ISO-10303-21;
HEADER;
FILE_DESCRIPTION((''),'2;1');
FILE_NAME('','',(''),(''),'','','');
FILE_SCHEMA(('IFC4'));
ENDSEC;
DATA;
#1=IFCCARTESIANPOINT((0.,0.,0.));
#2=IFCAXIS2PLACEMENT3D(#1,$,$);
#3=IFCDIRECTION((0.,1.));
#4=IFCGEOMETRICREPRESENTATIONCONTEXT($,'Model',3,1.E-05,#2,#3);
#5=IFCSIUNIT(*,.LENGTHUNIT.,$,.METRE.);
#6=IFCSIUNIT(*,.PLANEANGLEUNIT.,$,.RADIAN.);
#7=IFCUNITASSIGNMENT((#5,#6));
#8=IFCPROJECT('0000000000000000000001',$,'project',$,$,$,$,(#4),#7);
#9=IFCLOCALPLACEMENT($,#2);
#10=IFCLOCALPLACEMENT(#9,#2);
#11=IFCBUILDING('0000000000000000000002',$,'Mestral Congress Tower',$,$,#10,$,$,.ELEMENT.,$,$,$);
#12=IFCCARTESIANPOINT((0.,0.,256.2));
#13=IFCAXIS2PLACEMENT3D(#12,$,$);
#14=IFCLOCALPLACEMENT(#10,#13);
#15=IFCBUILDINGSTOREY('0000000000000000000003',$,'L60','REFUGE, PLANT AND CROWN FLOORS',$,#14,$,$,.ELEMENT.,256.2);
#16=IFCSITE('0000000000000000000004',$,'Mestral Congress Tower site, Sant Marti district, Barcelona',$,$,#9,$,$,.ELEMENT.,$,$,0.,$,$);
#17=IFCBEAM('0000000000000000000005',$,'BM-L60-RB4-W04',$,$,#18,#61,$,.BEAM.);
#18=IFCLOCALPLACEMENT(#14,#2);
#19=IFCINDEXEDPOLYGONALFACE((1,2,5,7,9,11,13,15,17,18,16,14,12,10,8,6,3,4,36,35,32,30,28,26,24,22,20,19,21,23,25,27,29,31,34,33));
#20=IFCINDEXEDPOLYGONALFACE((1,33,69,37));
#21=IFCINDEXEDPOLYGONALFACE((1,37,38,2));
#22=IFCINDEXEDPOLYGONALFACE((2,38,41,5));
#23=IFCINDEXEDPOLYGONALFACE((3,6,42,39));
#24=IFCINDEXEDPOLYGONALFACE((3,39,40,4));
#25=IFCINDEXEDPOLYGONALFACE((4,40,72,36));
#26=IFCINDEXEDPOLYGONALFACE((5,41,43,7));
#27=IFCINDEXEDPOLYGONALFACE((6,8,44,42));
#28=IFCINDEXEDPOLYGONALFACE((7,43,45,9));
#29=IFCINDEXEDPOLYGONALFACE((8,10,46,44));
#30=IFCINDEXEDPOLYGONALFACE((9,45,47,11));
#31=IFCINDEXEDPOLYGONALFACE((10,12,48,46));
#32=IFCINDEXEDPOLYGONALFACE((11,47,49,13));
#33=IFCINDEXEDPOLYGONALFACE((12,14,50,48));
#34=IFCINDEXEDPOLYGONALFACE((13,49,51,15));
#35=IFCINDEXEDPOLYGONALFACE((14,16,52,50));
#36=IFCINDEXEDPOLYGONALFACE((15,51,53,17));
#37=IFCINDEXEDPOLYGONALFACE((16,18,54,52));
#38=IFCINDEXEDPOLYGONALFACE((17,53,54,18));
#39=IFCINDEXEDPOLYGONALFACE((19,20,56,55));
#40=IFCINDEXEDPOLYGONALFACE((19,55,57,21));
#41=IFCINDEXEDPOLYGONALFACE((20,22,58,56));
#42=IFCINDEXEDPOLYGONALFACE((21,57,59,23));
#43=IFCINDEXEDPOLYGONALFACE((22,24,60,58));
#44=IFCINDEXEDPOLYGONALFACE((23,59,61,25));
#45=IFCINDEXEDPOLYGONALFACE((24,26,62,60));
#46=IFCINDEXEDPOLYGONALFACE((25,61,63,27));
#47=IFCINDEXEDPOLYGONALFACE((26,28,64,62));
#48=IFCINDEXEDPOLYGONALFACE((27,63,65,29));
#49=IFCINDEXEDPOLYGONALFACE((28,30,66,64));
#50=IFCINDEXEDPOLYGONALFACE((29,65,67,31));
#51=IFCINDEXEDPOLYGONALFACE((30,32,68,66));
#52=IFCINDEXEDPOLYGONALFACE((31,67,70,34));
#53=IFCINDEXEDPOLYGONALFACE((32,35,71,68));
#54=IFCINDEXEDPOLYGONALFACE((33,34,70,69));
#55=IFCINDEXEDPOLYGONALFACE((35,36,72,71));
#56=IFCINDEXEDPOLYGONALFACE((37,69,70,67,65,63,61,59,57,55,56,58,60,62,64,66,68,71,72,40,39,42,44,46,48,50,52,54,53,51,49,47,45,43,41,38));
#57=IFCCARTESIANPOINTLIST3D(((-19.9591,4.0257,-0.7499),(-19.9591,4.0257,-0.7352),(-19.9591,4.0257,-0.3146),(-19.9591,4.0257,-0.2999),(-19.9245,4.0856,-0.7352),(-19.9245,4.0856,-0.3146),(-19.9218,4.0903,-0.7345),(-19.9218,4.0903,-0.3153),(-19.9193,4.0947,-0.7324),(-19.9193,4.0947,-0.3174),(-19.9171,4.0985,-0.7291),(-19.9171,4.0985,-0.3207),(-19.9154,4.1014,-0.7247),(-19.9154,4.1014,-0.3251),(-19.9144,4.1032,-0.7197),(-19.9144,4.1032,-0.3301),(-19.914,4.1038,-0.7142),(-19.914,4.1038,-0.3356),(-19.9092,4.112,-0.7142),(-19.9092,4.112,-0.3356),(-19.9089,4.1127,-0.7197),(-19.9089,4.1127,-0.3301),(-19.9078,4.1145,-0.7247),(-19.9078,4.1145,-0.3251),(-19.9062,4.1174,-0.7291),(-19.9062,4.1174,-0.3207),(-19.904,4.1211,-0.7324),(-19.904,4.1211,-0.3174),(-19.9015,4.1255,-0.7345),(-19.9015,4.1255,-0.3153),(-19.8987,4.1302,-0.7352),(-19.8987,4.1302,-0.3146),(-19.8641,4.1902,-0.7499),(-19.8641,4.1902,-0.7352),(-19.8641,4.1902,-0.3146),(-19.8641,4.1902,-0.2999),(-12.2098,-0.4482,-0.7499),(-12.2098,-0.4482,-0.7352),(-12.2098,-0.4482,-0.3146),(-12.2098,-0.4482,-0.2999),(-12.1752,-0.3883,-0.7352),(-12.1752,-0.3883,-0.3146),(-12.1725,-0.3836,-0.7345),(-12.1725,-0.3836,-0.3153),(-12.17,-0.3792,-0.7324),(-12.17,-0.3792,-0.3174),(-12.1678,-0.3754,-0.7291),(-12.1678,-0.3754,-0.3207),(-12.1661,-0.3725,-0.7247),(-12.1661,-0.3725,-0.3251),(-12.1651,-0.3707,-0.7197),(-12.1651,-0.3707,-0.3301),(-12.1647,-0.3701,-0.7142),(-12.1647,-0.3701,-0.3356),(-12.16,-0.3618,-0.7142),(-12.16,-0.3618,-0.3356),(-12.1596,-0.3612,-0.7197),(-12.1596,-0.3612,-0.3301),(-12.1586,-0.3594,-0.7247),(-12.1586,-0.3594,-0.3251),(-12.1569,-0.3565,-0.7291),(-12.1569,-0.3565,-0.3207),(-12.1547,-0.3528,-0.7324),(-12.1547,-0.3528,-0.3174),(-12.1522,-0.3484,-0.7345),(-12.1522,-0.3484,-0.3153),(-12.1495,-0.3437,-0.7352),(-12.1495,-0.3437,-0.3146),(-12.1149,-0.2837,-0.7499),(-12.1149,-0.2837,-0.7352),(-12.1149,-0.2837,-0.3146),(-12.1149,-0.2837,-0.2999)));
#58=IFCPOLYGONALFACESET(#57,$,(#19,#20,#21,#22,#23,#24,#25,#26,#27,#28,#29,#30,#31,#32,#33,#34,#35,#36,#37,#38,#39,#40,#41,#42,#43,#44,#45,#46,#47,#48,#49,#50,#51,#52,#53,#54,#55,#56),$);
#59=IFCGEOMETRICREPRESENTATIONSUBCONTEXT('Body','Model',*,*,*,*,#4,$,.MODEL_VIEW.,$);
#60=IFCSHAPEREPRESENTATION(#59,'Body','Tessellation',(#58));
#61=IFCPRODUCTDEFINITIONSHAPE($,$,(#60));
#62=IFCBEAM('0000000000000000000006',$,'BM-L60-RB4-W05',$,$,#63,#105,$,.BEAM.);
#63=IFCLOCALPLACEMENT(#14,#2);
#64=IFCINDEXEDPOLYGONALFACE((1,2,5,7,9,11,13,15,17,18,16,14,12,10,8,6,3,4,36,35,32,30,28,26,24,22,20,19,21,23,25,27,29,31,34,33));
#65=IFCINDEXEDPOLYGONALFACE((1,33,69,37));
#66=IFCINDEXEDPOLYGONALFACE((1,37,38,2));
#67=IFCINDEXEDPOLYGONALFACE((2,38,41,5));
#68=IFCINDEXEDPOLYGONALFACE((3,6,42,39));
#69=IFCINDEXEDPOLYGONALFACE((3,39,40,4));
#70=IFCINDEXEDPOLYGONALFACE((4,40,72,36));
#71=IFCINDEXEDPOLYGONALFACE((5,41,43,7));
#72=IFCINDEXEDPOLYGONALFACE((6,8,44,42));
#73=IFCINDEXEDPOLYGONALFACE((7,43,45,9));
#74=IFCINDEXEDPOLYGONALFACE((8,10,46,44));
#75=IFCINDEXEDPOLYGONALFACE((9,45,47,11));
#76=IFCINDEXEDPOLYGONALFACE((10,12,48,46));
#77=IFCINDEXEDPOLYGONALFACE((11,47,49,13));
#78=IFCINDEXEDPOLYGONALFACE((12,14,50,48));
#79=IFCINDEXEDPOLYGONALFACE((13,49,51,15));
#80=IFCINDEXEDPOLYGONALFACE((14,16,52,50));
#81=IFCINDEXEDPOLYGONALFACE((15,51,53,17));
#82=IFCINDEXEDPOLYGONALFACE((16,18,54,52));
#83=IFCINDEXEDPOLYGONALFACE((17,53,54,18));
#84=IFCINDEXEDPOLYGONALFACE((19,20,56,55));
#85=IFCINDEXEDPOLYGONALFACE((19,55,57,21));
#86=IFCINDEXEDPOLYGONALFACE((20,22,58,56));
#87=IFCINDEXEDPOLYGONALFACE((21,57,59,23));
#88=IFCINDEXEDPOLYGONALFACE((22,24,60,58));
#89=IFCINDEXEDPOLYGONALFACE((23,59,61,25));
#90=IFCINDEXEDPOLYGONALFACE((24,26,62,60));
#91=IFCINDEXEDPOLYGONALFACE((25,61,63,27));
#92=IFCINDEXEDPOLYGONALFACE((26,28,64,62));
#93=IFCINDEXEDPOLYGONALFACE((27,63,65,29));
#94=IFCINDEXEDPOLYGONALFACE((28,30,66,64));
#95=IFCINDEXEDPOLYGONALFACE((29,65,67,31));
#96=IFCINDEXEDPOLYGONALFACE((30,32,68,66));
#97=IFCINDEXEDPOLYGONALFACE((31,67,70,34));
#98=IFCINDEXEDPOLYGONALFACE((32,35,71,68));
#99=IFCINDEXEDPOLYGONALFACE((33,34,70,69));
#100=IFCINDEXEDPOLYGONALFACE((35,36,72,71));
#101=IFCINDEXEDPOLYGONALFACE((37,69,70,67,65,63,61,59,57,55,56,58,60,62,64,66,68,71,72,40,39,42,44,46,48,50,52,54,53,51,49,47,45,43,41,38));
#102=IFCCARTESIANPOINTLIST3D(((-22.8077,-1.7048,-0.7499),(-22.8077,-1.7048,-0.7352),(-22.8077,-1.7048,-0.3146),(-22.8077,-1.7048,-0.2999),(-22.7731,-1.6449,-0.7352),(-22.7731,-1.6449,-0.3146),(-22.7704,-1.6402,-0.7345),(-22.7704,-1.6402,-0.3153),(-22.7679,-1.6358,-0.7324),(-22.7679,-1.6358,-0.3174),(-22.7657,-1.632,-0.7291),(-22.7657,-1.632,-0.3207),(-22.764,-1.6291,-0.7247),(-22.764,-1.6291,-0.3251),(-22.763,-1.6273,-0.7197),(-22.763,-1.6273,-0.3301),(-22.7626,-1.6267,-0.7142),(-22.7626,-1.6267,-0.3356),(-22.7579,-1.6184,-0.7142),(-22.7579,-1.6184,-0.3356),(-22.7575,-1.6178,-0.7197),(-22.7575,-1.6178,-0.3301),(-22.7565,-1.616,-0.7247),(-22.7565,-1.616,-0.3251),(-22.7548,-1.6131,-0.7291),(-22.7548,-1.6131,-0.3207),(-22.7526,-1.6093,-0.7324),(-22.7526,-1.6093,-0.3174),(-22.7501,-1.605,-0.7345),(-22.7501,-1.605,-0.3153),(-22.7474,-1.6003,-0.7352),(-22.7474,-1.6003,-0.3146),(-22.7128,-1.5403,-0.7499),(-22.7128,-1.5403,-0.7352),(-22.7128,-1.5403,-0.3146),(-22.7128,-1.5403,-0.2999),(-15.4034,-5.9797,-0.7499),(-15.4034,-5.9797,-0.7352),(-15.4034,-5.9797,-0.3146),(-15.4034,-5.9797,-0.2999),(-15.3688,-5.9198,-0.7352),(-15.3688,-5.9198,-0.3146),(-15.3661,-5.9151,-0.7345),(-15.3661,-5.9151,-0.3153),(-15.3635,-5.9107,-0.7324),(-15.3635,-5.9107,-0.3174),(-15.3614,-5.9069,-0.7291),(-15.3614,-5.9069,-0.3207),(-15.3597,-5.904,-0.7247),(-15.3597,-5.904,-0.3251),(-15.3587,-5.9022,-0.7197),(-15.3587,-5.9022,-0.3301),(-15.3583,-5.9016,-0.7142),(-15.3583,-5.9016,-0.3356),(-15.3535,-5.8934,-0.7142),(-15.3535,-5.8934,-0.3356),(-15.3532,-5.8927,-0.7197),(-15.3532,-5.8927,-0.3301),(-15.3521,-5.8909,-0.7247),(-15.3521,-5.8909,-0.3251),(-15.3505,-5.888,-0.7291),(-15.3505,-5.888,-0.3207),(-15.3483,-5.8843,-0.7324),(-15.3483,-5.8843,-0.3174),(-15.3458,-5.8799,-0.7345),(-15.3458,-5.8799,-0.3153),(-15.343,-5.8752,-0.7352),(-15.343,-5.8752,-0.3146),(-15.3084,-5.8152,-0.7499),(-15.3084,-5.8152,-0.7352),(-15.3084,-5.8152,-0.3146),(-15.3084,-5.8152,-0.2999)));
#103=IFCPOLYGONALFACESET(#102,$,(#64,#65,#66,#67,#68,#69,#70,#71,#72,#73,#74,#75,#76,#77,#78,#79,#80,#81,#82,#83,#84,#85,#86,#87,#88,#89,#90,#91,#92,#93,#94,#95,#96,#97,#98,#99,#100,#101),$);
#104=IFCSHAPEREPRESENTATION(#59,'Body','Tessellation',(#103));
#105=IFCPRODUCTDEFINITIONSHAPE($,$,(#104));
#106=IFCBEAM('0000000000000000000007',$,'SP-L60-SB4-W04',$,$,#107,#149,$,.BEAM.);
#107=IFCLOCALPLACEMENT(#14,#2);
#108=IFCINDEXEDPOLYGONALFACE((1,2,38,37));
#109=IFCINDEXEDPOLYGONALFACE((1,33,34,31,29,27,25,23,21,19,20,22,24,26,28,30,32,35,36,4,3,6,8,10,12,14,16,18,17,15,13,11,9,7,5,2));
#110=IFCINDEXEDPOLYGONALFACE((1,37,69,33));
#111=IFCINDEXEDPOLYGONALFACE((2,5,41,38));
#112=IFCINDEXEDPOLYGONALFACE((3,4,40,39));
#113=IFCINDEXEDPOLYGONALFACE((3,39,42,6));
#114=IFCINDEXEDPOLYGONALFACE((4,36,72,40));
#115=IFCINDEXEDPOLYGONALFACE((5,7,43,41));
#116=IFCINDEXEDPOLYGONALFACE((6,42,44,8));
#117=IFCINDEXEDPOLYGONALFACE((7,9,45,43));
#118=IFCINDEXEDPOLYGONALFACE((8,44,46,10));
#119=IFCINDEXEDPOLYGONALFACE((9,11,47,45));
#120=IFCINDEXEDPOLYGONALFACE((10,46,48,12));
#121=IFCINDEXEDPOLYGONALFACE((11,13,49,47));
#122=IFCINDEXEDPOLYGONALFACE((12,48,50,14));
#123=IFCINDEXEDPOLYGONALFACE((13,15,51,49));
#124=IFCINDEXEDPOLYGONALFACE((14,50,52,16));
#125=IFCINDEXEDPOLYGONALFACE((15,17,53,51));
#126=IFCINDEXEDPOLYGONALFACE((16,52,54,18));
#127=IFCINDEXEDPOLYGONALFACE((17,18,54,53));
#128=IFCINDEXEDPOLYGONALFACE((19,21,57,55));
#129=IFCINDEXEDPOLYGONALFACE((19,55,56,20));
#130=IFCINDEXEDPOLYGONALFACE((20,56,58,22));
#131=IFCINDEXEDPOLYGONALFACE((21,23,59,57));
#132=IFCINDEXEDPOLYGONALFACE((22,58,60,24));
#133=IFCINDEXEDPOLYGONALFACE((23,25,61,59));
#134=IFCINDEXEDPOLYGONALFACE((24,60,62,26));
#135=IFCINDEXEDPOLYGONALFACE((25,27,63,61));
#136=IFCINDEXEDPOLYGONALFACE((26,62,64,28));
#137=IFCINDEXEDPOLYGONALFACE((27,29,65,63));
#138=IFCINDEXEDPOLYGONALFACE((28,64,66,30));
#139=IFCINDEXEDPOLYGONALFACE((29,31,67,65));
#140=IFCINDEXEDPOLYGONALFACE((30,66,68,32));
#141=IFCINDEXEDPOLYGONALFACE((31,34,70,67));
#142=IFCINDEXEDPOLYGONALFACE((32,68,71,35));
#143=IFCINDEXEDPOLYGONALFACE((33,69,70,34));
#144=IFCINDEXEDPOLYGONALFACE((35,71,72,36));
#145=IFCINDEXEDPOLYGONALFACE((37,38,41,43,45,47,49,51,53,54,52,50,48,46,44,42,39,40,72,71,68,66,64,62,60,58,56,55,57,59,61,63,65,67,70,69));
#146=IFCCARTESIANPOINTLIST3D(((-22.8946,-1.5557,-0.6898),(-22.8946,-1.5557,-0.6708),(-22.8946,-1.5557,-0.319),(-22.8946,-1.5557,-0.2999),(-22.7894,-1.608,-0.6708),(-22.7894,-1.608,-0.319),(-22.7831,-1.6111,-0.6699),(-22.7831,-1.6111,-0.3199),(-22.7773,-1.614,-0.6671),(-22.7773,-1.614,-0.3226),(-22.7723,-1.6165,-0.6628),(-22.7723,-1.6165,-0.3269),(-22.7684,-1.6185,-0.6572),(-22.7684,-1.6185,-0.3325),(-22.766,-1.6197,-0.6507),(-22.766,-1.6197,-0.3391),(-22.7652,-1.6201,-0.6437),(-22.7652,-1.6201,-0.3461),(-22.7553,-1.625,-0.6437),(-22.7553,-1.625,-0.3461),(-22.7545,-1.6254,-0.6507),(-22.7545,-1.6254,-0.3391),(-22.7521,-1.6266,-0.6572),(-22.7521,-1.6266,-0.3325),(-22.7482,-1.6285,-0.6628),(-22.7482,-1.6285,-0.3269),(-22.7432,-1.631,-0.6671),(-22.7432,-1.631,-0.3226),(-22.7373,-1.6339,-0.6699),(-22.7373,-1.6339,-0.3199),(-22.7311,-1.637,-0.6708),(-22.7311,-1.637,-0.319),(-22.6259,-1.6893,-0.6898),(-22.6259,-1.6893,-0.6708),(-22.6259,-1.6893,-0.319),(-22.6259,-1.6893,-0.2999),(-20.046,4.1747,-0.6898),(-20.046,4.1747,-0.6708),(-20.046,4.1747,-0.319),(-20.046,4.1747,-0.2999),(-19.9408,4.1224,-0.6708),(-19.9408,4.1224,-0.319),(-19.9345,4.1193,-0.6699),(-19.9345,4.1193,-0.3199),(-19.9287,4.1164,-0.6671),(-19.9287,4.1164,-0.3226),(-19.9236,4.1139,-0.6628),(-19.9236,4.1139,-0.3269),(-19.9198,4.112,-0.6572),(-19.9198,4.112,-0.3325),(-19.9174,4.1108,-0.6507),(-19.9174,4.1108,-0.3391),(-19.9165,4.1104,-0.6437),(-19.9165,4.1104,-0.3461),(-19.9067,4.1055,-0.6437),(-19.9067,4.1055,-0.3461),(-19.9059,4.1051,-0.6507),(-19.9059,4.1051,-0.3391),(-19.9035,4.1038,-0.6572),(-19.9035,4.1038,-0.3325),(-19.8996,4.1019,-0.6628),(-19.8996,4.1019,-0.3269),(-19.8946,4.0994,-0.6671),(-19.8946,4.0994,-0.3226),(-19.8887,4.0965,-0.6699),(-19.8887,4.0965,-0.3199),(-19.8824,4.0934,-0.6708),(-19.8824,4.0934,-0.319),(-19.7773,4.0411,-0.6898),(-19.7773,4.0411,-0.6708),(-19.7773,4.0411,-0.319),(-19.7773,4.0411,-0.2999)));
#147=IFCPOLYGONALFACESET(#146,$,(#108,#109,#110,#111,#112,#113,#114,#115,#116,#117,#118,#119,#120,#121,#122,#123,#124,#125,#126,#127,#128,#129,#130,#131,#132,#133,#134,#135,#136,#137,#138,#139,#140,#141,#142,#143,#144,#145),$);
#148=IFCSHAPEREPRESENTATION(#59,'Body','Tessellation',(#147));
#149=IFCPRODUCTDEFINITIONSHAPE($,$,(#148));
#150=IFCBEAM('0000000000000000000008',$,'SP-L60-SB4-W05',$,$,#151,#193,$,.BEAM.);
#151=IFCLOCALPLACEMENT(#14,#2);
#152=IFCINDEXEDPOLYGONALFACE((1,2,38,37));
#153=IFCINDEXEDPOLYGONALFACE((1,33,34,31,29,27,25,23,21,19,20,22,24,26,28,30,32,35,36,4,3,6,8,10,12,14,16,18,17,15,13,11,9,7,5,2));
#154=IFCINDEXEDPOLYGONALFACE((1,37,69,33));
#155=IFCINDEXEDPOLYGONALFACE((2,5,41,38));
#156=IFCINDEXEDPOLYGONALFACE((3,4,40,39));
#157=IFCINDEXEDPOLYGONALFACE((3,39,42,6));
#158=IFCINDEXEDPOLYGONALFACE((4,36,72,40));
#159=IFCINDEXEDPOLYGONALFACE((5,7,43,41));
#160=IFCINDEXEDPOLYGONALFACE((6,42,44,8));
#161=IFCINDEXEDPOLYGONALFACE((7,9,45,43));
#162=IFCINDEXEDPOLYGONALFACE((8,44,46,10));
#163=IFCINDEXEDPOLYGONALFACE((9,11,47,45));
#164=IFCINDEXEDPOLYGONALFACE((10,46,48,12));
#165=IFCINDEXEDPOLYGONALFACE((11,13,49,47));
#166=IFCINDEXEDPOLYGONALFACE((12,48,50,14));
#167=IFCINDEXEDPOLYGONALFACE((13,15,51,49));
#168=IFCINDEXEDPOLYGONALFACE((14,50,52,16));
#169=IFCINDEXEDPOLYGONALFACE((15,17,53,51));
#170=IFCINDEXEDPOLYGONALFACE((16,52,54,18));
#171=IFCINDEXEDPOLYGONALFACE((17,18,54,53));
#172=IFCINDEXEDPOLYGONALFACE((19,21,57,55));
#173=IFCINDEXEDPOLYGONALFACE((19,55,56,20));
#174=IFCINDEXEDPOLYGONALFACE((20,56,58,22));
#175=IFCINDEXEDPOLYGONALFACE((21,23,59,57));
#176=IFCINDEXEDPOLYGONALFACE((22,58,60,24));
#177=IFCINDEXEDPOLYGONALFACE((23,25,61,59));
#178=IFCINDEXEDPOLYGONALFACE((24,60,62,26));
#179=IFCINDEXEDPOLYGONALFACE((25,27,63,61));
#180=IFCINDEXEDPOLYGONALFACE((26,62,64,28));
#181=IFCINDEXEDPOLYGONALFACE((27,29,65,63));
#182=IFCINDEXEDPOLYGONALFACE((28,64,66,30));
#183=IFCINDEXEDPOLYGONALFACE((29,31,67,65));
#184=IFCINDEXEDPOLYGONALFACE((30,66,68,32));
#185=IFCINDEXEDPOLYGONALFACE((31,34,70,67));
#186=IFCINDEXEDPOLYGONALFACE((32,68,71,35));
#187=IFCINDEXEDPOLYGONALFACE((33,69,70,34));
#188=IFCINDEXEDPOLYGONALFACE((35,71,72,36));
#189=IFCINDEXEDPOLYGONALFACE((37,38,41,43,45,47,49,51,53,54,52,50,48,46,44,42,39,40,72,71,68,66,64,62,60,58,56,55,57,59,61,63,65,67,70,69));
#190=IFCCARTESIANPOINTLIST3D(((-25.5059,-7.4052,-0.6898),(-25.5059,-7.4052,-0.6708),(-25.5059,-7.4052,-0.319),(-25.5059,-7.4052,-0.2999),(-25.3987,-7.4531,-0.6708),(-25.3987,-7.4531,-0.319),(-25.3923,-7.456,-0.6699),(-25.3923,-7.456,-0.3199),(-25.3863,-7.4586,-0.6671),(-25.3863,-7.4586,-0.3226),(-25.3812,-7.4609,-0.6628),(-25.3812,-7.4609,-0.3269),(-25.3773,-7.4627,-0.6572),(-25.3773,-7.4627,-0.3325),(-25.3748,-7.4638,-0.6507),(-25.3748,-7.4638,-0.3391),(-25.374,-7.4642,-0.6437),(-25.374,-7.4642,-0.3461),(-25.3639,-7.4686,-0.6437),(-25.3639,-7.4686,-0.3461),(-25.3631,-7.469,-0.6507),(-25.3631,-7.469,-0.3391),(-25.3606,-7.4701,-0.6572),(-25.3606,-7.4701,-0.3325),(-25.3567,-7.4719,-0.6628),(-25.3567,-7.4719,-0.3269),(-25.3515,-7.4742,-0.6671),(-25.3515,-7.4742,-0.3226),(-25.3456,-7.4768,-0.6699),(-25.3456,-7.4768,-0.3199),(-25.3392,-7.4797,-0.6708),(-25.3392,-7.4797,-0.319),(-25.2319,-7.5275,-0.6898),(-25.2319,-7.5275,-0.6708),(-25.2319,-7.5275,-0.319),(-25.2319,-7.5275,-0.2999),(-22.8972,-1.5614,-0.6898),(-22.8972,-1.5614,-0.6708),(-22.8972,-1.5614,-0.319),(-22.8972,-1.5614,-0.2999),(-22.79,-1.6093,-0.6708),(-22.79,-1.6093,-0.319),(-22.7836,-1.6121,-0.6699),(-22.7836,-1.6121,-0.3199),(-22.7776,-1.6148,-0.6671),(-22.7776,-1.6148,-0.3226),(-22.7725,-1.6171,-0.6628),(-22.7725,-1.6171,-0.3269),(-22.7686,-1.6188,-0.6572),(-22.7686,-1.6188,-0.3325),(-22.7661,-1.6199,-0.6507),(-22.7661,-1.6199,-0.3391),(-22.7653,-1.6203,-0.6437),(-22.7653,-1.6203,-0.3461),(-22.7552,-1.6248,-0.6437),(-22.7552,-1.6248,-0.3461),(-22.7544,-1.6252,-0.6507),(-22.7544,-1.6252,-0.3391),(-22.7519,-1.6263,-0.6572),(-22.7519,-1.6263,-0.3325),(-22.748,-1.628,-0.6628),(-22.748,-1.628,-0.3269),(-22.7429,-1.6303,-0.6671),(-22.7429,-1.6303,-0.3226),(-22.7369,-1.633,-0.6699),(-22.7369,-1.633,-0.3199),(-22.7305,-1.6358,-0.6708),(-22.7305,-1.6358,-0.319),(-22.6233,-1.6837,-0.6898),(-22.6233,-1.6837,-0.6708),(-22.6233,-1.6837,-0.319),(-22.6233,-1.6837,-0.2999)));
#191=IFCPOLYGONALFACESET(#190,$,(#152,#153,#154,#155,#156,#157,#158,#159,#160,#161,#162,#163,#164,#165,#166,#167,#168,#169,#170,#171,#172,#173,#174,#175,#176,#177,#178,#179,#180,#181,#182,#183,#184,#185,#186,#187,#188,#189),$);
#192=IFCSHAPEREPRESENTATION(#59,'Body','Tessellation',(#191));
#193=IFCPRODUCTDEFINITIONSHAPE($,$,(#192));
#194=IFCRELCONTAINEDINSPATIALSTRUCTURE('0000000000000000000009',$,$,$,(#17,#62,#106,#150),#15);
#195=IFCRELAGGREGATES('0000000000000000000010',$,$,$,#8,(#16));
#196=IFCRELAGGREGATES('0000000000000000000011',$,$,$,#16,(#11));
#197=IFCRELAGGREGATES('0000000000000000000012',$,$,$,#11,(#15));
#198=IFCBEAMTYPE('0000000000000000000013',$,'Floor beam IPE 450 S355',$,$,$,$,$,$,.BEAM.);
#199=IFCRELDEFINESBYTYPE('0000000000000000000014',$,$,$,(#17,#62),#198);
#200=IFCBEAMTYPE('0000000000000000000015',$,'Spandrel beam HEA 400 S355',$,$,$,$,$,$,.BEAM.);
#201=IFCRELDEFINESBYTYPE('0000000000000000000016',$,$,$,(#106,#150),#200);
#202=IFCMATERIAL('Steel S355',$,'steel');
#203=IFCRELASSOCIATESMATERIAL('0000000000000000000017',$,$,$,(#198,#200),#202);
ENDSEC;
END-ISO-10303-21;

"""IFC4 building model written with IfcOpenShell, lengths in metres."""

from ifc_helpers import new_model, si_unit, direction, frame, origin, origin_2d, place, context, subcontext, project, spatial, i_section, extrude, material, material_profile, profile_set, type_object, element, save


model = new_model("IFC4")

# Units and contexts
model_context = context("Model", 3, precision=1e-05, world=origin(), true_north=direction((0.0, 1.0)))
body_context = subcontext(model_context, "Body", "Model", "MODEL_VIEW")
ifc_project = project(units=[si_unit("LENGTHUNIT", "METRE"), si_unit("PLANEANGLEUNIT", "RADIAN")], contexts=[model_context])

# Site, building, storey
site_placement = place(None, origin())
site = spatial("IfcSite", under=ifc_project, at=site_placement, Name="Mestral Congress Tower site, Sant Marti district, Barcelona", CompositionType="ELEMENT", RefElevation=0.0)
building_placement = place(site_placement, origin())
building = spatial("IfcBuilding", under=site, at=building_placement, Name="Mestral Congress Tower", CompositionType="ELEMENT")
storey_placement = place(building_placement, frame((0.0, 0.0, 256.2)))
storey = spatial("IfcBuildingStorey", under=building, at=storey_placement, Name="L60", Description="REFUGE, PLANT AND CROWN FLOORS", CompositionType="ELEMENT", Elevation=256.2)

# Shared definitions
ifc_material_1 = material(Name="Steel S355", Category="steel")

# Beams
ifc_material_profile_1 = material_profile(ifc_material_1, i_section(OverallWidth=0.1899, OverallDepth=0.45, WebThickness=0.0095, FlangeThickness=0.0146, FilletRadius=0.021, at=origin_2d()), Name="IPE 450")
ifc_profile_set_1 = profile_set([ifc_material_profile_1], Name="Steel S355")
beam_type_1 = type_object("IfcBeamType", Name="Floor beam IPE 450 S355", PredefinedType="BEAM", material=ifc_profile_set_1)
beam_1_placement = place(storey_placement, frame((-19.9116, 4.1079, -0.5249), z_axis=(0.866033, -0.499986, 0.0), x_axis=(0.499986, 0.866033, 0.0)))
element("IfcBeam", 1, at=beam_1_placement, inside=storey, type_object=beam_type_1, Name="BM-L60-RB4-W04", PredefinedType="BEAM", context=body_context, shape_type="SweptSolid", body=[
    extrude(i_section(OverallWidth=0.1899, OverallDepth=0.45, WebThickness=0.0095, FlangeThickness=0.0146, FilletRadius=0.021, at=origin_2d()), origin(), (0.0, 0.0, 1.0), 8.948),
])
beam_2_placement = place(storey_placement, frame((-22.7603, -1.6226, -0.5249), z_axis=(0.866024, -0.500003, 0.0), x_axis=(0.500003, 0.866024, 0.0)))
element("IfcBeam", 2, at=beam_2_placement, inside=storey, type_object=beam_type_1, Name="BM-L60-RB4-W05", PredefinedType="BEAM", context=body_context, shape_type="SweptSolid", body=[
    extrude(i_section(OverallWidth=0.1899, OverallDepth=0.45, WebThickness=0.0095, FlangeThickness=0.0146, FilletRadius=0.021, at=origin_2d()), origin(), (0.0, 0.0, 1.0), 8.5498),
])
ifc_material_profile_2 = material_profile(ifc_material_1, i_section(OverallWidth=0.3, OverallDepth=0.3899, WebThickness=0.011, FlangeThickness=0.019, FilletRadius=0.0271, at=origin_2d()), Name="HEA 400")
ifc_profile_set_2 = profile_set([ifc_material_profile_2], Name="Steel S355")
beam_type_2 = type_object("IfcBeamType", Name="Spandrel beam HEA 400 S355", PredefinedType="BEAM", material=ifc_profile_set_2)
beam_3_placement = place(storey_placement, frame((-19.9116, 4.1079, -0.4949), z_axis=(-0.445137, -0.895462, 0.0), x_axis=(0.895462, -0.445137, 0.0)))
element("IfcBeam", 3, at=beam_3_placement, inside=storey, type_object=beam_type_2, Name="SP-L60-SB4-W04", PredefinedType="BEAM", context=body_context, shape_type="SweptSolid", body=[
    extrude(i_section(OverallWidth=0.3, OverallDepth=0.3899, WebThickness=0.011, FlangeThickness=0.019, FilletRadius=0.0271, at=origin_2d()), origin(), (0.0, 0.0, 1.0), 6.3994),
])
beam_4_placement = place(storey_placement, frame((-22.7603, -1.6226, -0.4949), z_axis=(-0.407628, -0.913148, 0.0), x_axis=(0.913148, -0.407628, 0.0)))
element("IfcBeam", 4, at=beam_4_placement, inside=storey, type_object=beam_type_2, Name="SP-L60-SB4-W05", PredefinedType="BEAM", context=body_context, shape_type="SweptSolid", body=[
    extrude(i_section(OverallWidth=0.3, OverallDepth=0.3899, WebThickness=0.011, FlangeThickness=0.019, FilletRadius=0.0271, at=origin_2d()), origin(), (0.0, 0.0, 1.0), 6.3997),
])

save(model, "model.ifc")
